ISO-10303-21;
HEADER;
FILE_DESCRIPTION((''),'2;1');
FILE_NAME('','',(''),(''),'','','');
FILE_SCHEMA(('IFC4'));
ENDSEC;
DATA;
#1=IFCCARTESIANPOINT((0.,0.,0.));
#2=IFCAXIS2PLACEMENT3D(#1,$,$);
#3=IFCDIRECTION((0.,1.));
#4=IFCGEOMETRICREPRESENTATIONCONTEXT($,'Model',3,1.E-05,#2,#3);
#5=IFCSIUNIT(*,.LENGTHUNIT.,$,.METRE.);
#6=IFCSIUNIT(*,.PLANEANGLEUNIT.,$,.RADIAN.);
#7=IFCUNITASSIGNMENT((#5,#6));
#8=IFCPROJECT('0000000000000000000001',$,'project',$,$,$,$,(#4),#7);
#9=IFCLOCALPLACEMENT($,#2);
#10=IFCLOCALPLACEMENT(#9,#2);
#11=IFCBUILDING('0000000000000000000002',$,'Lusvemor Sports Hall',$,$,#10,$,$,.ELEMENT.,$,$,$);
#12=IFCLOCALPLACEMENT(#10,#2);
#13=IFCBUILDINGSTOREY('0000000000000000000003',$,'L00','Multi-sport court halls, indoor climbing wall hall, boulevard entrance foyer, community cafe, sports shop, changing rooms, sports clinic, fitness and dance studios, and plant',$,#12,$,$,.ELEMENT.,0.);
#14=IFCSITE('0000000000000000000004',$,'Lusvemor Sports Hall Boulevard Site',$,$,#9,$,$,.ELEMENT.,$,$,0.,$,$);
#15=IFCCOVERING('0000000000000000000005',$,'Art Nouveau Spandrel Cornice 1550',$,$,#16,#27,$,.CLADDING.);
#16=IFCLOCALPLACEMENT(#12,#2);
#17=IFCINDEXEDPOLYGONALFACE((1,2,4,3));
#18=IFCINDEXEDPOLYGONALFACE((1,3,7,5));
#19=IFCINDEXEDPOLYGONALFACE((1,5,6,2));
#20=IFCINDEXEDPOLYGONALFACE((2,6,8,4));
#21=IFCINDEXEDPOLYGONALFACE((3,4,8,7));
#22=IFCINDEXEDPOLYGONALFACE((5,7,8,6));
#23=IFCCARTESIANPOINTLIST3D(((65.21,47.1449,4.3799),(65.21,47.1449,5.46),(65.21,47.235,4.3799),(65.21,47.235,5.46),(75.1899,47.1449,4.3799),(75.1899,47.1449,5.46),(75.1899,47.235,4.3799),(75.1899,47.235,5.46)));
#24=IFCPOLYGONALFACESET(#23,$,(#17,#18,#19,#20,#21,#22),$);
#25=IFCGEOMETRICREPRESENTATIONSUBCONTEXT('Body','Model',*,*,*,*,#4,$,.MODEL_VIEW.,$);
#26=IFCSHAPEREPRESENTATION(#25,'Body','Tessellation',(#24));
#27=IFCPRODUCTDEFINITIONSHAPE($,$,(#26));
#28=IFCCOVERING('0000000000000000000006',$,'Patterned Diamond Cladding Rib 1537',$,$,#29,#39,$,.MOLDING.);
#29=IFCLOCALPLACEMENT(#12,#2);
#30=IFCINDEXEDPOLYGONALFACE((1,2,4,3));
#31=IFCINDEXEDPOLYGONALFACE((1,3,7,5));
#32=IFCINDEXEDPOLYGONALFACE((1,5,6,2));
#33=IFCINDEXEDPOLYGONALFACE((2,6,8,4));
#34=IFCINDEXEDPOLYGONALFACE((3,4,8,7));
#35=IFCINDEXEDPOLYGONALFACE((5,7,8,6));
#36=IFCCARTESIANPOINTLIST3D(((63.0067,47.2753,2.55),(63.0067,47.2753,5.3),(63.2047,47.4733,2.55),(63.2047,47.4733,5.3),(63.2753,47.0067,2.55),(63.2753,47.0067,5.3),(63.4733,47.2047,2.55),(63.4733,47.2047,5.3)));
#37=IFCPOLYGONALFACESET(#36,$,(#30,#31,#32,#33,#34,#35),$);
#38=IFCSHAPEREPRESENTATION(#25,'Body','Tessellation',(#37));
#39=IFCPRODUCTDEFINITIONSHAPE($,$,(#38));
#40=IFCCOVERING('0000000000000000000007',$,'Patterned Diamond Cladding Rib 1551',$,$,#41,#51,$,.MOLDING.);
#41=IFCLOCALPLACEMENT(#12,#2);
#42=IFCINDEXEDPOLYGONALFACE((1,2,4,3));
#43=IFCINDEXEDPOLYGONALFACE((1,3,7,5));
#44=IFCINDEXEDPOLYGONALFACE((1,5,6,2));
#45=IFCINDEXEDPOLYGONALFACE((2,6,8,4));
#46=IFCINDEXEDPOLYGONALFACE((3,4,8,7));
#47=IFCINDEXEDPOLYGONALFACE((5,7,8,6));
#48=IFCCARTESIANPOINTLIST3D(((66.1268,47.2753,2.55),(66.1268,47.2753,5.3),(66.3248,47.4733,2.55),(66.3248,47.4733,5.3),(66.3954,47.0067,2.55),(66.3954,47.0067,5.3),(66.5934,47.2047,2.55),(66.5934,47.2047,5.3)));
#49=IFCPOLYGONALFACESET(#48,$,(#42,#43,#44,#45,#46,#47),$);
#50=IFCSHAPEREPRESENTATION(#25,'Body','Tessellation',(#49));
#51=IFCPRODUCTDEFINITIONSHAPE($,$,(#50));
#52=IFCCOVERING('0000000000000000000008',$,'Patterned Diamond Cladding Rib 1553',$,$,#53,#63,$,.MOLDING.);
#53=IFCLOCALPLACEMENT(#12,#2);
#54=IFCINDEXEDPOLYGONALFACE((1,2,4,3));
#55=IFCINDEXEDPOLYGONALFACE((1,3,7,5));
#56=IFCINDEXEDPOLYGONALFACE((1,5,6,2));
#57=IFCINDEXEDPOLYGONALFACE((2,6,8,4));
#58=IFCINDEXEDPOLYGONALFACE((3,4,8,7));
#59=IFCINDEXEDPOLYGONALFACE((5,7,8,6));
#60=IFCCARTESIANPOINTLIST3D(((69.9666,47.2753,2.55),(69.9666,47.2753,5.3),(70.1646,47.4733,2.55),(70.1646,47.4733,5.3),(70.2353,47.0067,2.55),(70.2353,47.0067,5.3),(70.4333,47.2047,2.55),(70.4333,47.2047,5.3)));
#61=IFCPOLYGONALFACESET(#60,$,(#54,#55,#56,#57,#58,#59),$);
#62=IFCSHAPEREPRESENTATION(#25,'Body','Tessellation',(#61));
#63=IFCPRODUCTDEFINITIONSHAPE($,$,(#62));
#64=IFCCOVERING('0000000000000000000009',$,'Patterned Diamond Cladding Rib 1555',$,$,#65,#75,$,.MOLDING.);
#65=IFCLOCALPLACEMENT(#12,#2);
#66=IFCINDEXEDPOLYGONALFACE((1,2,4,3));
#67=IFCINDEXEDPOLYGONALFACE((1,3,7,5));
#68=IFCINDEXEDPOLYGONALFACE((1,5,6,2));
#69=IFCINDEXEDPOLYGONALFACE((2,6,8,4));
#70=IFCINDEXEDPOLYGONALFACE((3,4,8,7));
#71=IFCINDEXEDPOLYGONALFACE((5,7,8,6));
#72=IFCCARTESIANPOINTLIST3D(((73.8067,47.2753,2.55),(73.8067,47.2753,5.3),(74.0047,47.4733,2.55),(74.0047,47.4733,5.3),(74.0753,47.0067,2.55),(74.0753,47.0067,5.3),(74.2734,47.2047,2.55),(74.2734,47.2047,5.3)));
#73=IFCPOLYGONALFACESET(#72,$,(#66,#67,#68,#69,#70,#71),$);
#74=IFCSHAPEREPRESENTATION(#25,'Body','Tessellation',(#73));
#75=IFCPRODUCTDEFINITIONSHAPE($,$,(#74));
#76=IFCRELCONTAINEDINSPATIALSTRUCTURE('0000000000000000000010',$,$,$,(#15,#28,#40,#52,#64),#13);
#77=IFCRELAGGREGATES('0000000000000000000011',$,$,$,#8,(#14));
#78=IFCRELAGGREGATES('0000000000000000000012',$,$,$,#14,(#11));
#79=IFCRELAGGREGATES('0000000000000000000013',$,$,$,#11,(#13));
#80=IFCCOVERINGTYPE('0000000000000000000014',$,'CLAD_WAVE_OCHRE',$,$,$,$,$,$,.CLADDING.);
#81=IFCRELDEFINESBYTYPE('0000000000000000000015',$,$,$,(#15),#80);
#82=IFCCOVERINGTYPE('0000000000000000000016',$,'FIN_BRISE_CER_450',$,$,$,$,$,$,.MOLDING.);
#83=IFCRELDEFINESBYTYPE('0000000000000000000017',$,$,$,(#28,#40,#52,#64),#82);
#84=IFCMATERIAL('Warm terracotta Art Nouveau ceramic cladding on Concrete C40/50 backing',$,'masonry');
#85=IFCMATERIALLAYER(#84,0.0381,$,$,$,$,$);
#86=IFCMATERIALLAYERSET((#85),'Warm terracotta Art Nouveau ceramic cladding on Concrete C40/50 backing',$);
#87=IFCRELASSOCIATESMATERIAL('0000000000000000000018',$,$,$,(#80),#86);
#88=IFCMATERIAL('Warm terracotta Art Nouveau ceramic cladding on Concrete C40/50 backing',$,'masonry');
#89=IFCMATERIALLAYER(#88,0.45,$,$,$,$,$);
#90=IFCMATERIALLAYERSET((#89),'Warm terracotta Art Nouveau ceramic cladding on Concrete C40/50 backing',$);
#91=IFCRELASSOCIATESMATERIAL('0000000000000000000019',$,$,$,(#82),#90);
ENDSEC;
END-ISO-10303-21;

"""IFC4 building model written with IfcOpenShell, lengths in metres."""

from ifc_helpers import new_model, si_unit, direction, frame, origin, origin_2d, place, context, subcontext, project, spatial, rectangle, extrude, material, layer, layer_set, type_object, element, save


model = new_model("IFC4")

# Units and contexts
model_context = context("Model", 3, precision=1e-05, world=origin(), true_north=direction((0.0, 1.0)))
body_context = subcontext(model_context, "Body", "Model", "MODEL_VIEW")
ifc_project = project(units=[si_unit("LENGTHUNIT", "METRE"), si_unit("PLANEANGLEUNIT", "RADIAN")], contexts=[model_context])

# Site, building, storey
site_placement = place(None, origin())
site = spatial("IfcSite", under=ifc_project, at=site_placement, Name="Lusvemor Sports Hall Boulevard Site", CompositionType="ELEMENT", RefElevation=0.0)
building_placement = place(site_placement, origin())
building = spatial("IfcBuilding", under=site, at=building_placement, Name="Lusvemor Sports Hall", CompositionType="ELEMENT")
storey_placement = place(building_placement, origin())
storey = spatial("IfcBuildingStorey", under=building, at=storey_placement, Name="L00", Description="Multi-sport court halls, indoor climbing wall hall, boulevard entrance foyer, community cafe, sports shop, changing rooms, sports clinic, fitness and dance studios, and plant", CompositionType="ELEMENT", Elevation=0.0)

# Coverings
ifc_material_1 = material(Name="Warm terracotta Art Nouveau ceramic cladding on Concrete C40/50 backing", Category="masonry")
ifc_layer_1 = layer(ifc_material_1, 0.0381)
ifc_layer_set_1 = layer_set([ifc_layer_1], Name="Warm terracotta Art Nouveau ceramic cladding on Concrete C40/50 backing")
covering_type_1 = type_object("IfcCoveringType", Name="CLAD_WAVE_OCHRE", PredefinedType="CLADDING", material=ifc_layer_set_1)
covering_1_placement = place(storey_placement, frame((70.2, 47.1899, 4.3799), z_axis=(0.0, 0.0, 1.0), x_axis=(1.0, 0.0, 0.0)))
element("IfcCovering", 1, at=covering_1_placement, inside=storey, type_object=covering_type_1, Name="Art Nouveau Spandrel Cornice 1550", PredefinedType="CLADDING", context=body_context, shape_type="SweptSolid", body=[
    extrude(rectangle(XDim=9.98, YDim=0.0901, at=origin_2d()), origin(), (0.0, 0.0, 1.0), 1.0801),
])
ifc_material_2 = material(Name="Warm terracotta Art Nouveau ceramic cladding on Concrete C40/50 backing", Category="masonry")
ifc_layer_2 = layer(ifc_material_2, 0.45)
ifc_layer_set_2 = layer_set([ifc_layer_2], Name="Warm terracotta Art Nouveau ceramic cladding on Concrete C40/50 backing")
covering_type_2 = type_object("IfcCoveringType", Name="FIN_BRISE_CER_450", PredefinedType="MOLDING", material=ifc_layer_set_2)
for number, where, z_axis, x_axis, name in (
    (2, (63.24, 47.24, 2.55), (0.0, 0.0, 1.0), (0.707107, 0.707107, 0.0), "Patterned Diamond Cladding Rib 1537"),
    (3, (66.3601, 47.24, 2.55), (0.0, 0.0, 1.0), (0.707107, 0.707107, 0.0), "Patterned Diamond Cladding Rib 1551"),
    (4, (70.2, 47.24, 2.55), (0.0, 0.0, 1.0), (0.707107, 0.707107, 0.0), "Patterned Diamond Cladding Rib 1553"),
    (5, (74.04, 47.24, 2.55), (0.0, 0.0, 1.0), (0.707107, 0.707107, 0.0), "Patterned Diamond Cladding Rib 1555"),
):
    element("IfcCovering", number, at=place(storey_placement, frame(where, z_axis=z_axis, x_axis=x_axis)), inside=storey, type_object=covering_type_2, Name=name, PredefinedType="MOLDING", context=body_context, shape_type="SweptSolid", body=[
        extrude(rectangle(XDim=0.28, YDim=0.3799, at=origin_2d()), origin(), (0.0, 0.0, 1.0), 2.75),
    ])

save(model, "model.ifc")
